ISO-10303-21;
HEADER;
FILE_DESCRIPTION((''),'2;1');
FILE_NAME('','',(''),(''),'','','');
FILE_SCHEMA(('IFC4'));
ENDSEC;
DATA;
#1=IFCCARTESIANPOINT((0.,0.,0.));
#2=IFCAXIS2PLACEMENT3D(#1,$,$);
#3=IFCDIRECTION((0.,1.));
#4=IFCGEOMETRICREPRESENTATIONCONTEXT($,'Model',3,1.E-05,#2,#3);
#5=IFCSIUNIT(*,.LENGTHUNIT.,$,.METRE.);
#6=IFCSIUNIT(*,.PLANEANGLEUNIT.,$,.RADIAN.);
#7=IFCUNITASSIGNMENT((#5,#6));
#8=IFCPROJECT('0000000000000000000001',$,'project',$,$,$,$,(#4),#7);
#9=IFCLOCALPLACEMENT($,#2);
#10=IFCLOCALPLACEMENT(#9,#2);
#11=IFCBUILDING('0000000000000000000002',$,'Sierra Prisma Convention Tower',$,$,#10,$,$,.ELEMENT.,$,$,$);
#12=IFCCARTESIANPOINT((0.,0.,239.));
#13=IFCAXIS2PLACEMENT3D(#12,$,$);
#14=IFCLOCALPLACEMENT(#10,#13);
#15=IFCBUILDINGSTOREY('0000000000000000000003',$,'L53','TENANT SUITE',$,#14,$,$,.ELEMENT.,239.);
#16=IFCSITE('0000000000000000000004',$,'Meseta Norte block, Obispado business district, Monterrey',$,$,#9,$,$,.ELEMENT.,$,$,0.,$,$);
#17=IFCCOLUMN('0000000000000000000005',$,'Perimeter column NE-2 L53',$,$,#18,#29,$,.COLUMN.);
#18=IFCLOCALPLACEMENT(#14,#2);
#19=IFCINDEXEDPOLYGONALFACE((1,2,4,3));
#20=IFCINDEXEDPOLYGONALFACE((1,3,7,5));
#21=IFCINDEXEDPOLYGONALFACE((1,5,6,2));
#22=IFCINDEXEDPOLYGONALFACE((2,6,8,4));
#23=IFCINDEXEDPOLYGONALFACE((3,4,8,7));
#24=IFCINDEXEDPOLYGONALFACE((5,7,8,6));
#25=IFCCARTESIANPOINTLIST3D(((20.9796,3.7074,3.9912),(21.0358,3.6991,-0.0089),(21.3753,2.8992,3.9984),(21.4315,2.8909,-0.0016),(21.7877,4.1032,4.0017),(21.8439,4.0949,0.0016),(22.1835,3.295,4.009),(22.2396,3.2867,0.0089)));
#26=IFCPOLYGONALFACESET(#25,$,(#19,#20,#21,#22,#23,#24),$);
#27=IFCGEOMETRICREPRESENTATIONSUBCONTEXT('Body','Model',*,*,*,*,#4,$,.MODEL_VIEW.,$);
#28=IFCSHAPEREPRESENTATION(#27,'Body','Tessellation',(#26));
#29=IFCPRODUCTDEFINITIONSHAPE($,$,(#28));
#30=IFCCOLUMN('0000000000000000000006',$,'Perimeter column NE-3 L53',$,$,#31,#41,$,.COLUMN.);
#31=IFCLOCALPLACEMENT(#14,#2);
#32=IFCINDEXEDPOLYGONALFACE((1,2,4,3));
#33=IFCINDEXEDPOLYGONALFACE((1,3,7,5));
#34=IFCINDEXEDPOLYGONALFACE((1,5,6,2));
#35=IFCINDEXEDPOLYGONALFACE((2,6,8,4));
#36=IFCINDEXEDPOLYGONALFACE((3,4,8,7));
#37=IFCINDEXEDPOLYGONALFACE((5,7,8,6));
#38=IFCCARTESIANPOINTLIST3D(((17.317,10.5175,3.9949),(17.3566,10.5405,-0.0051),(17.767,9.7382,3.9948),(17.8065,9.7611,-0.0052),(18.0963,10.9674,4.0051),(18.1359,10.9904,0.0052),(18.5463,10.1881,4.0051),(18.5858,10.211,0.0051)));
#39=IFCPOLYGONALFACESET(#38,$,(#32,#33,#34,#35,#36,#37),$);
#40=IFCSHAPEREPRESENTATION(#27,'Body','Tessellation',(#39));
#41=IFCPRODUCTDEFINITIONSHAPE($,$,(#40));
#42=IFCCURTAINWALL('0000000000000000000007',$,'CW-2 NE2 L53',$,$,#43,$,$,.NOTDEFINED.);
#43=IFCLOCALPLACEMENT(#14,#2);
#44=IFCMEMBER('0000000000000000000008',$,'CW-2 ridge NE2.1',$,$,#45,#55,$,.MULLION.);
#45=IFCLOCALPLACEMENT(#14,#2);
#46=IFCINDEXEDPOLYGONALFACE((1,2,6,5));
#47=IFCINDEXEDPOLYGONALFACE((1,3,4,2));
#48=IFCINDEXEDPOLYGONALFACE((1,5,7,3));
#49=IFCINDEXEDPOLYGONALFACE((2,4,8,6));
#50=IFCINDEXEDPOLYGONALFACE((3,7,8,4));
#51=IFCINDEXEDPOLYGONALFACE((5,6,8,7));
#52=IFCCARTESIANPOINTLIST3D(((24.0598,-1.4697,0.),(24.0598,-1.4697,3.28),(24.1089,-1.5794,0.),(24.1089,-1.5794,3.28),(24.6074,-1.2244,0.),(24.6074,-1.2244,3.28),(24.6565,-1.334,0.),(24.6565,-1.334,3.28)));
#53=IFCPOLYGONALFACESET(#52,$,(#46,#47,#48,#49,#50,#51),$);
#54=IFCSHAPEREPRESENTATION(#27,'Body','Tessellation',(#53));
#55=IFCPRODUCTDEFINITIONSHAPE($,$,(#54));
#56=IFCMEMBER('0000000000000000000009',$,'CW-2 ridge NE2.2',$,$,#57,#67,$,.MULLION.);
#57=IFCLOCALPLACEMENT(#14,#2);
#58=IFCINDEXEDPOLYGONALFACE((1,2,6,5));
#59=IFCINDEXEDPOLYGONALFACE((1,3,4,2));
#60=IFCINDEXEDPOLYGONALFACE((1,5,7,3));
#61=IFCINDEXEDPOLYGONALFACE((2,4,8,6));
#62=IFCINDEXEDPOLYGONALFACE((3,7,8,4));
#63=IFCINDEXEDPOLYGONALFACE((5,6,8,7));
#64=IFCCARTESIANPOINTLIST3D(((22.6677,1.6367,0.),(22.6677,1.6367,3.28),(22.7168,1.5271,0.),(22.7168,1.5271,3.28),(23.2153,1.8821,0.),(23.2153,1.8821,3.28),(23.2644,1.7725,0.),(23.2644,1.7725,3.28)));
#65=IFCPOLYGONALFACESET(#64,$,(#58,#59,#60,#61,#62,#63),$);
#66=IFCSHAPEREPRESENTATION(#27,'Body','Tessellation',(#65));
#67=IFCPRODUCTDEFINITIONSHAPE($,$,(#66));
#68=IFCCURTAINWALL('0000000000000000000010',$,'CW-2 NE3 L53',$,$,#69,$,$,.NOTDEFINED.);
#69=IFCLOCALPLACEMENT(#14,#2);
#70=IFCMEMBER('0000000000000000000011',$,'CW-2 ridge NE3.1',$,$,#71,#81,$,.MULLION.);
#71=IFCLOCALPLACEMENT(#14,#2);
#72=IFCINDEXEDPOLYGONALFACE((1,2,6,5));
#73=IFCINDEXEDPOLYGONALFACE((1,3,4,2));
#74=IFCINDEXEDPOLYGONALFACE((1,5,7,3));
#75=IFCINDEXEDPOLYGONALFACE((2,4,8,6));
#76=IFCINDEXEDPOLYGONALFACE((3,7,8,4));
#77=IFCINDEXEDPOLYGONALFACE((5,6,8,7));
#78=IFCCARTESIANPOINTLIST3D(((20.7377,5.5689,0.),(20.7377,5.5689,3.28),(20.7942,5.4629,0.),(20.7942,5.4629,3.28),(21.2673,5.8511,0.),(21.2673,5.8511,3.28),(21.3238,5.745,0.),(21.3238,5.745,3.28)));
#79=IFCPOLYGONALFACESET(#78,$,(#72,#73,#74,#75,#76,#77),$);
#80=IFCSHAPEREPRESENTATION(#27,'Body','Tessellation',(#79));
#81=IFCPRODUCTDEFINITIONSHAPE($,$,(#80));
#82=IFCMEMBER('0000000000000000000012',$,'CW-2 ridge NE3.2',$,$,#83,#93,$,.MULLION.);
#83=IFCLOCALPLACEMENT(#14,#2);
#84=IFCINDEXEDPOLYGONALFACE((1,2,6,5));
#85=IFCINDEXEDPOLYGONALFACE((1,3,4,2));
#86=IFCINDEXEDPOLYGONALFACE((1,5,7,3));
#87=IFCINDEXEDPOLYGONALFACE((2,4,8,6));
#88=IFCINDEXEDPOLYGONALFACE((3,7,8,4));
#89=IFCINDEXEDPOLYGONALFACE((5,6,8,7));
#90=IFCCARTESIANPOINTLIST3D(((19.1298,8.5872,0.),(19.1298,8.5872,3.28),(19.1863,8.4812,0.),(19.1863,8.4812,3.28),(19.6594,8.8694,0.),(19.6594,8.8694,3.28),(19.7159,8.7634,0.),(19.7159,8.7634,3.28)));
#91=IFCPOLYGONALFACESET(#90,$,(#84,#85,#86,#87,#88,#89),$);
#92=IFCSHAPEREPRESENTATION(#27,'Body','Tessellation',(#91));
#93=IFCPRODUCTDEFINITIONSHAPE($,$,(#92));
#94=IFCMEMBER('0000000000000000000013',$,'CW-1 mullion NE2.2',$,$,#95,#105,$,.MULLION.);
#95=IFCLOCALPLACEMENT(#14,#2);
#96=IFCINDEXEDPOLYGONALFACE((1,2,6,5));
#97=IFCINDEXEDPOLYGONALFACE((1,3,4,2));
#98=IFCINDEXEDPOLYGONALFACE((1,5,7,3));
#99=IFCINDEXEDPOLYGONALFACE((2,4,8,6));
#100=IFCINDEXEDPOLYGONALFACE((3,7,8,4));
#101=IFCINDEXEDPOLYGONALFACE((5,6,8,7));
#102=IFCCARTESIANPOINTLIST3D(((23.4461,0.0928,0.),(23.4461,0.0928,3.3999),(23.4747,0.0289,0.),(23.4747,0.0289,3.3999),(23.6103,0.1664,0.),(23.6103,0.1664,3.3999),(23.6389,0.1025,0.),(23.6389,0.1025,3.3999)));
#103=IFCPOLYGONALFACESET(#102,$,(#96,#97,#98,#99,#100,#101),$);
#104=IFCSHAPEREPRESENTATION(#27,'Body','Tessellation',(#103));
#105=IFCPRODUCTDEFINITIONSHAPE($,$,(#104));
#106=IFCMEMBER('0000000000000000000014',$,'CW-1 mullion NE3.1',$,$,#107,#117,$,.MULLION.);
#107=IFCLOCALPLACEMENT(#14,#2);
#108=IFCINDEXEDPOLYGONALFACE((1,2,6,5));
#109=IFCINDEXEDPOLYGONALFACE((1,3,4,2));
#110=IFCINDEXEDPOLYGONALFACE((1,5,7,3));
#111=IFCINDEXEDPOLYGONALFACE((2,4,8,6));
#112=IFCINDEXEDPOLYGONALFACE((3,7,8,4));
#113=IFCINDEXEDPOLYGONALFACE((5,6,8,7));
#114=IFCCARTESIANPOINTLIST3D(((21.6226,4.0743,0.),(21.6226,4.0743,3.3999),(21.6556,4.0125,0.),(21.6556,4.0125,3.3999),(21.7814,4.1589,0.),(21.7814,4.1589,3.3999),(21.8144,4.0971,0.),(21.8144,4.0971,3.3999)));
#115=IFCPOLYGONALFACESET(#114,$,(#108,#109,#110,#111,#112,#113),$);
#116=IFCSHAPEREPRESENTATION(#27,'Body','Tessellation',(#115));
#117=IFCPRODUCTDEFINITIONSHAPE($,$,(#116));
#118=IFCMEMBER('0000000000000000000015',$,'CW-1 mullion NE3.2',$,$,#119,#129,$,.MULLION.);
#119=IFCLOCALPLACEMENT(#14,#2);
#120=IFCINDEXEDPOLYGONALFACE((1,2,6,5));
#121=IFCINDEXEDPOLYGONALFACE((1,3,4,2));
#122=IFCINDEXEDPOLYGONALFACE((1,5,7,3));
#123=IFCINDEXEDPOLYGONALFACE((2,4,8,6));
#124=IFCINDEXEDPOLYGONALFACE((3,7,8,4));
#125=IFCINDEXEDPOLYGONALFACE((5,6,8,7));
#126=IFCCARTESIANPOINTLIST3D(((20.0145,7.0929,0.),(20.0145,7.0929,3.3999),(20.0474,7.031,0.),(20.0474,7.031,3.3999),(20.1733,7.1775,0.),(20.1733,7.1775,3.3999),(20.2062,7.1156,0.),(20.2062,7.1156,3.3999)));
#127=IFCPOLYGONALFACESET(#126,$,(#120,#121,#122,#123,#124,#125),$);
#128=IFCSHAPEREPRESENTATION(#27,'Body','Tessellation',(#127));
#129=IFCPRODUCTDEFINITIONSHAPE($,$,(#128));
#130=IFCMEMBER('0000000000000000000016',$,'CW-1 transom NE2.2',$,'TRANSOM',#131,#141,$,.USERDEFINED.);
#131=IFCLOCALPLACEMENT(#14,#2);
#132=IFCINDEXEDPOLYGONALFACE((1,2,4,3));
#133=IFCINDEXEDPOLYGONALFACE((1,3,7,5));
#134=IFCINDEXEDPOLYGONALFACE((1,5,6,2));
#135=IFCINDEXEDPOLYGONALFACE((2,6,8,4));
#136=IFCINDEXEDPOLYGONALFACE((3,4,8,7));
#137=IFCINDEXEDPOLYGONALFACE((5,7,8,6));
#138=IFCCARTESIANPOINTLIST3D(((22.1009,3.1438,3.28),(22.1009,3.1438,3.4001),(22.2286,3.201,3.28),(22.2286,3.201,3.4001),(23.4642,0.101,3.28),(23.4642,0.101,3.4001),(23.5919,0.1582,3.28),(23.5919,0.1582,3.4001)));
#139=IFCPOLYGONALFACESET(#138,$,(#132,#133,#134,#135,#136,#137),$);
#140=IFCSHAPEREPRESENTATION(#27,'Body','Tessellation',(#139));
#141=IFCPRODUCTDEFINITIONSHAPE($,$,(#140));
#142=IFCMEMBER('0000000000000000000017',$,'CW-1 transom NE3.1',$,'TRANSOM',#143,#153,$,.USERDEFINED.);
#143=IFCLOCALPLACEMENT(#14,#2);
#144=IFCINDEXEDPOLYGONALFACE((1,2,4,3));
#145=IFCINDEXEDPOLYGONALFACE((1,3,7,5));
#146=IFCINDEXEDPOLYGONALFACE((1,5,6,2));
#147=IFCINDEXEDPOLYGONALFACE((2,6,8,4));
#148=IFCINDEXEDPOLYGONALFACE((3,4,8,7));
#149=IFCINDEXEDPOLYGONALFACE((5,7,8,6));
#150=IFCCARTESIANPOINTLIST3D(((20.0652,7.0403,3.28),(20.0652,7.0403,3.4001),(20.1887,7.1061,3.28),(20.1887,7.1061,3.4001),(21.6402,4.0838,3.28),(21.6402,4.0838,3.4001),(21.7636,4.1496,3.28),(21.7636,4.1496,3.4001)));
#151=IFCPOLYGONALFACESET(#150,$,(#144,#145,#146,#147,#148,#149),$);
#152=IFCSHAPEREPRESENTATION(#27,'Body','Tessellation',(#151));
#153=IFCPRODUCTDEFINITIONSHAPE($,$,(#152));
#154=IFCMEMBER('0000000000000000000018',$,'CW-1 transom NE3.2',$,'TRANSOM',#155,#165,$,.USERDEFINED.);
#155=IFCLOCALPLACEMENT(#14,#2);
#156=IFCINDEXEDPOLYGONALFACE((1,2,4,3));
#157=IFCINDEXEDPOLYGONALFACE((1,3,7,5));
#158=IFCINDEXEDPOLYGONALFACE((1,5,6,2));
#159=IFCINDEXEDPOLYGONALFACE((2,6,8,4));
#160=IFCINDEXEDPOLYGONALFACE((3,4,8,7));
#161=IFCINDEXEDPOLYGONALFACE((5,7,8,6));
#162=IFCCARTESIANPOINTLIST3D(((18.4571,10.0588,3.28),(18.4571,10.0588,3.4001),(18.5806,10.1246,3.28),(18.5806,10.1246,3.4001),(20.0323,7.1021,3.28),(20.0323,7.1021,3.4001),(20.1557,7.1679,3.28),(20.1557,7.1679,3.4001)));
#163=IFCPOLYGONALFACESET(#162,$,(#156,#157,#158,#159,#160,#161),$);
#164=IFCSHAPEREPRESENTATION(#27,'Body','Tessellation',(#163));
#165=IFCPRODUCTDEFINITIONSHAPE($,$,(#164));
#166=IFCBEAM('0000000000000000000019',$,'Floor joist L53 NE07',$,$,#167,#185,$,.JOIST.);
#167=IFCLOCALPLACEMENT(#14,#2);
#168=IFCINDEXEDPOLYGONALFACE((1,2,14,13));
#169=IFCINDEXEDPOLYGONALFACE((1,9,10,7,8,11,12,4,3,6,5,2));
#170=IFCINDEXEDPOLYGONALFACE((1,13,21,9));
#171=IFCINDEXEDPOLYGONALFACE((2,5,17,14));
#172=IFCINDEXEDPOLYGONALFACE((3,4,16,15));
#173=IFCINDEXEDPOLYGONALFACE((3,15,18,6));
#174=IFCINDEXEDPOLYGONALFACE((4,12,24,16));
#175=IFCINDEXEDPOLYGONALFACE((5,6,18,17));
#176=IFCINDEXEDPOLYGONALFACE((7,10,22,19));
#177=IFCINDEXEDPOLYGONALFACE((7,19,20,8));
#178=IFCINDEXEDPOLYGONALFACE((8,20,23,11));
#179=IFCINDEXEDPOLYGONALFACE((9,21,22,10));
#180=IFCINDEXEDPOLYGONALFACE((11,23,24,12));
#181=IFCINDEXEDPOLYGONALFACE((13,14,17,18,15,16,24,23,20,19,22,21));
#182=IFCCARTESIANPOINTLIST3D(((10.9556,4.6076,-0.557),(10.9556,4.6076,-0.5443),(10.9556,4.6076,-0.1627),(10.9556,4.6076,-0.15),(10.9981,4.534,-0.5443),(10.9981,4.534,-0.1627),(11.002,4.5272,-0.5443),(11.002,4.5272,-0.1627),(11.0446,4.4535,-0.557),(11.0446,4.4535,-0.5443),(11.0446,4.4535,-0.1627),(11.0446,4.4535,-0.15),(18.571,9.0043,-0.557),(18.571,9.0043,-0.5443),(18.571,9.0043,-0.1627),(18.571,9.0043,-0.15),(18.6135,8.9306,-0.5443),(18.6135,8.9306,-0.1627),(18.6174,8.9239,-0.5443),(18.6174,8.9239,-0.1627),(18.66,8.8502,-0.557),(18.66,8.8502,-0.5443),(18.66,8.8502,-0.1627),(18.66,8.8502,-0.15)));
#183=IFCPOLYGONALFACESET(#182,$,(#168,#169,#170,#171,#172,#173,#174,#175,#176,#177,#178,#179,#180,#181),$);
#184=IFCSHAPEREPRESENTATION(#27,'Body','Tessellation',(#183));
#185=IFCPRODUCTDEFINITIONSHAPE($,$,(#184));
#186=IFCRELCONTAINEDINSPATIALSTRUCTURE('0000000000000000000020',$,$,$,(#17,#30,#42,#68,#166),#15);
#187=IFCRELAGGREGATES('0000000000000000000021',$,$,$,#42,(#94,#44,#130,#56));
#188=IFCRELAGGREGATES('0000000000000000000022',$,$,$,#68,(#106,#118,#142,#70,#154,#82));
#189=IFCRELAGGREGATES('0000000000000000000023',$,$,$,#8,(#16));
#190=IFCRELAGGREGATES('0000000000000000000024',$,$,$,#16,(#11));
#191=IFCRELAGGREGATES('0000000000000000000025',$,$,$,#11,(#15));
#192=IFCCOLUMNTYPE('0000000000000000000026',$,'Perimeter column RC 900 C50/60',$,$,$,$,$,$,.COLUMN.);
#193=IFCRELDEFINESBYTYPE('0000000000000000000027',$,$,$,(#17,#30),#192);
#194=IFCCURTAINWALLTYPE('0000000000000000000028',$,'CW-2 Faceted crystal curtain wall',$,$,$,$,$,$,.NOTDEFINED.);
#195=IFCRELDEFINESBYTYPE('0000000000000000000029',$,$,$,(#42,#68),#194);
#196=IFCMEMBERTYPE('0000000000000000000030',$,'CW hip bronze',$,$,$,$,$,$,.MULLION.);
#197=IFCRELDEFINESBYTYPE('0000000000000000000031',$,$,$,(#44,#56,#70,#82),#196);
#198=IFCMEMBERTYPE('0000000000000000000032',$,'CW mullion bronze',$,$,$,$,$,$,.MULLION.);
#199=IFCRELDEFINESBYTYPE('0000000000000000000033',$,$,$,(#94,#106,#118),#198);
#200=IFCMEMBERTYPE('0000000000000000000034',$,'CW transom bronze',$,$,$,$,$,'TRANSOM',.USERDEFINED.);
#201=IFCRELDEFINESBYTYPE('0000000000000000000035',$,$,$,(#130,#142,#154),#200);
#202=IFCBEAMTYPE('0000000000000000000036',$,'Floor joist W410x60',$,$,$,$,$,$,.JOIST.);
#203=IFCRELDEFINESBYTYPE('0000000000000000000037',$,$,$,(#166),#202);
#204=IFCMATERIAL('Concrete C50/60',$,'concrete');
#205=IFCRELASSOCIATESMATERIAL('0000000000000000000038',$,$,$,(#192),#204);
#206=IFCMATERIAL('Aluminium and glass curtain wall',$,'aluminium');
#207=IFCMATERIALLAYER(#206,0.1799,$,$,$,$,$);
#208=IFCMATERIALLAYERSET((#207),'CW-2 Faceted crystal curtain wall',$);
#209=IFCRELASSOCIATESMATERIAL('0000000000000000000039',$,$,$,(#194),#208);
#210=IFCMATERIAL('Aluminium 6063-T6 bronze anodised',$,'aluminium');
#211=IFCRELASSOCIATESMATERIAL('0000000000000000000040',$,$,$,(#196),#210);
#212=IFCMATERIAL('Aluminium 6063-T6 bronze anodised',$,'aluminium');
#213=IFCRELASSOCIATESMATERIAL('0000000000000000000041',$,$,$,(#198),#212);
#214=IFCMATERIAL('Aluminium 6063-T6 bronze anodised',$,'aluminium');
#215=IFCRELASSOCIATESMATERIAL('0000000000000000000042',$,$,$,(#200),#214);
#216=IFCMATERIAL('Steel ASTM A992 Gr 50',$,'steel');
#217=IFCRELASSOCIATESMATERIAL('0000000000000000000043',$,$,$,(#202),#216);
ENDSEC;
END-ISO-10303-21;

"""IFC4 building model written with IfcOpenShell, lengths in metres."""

from ifc_helpers import new_model, si_unit, direction, frame, origin, origin_2d, place, context, subcontext, project, spatial, rectangle, i_section, extrude, material, layer, layer_set, material_profile, profile_set, type_object, element, aggregate, save


model = new_model("IFC4")

# Units and contexts
model_context = context("Model", 3, precision=1e-05, world=origin(), true_north=direction((0.0, 1.0)))
body_context = subcontext(model_context, "Body", "Model", "MODEL_VIEW")
ifc_project = project(units=[si_unit("LENGTHUNIT", "METRE"), si_unit("PLANEANGLEUNIT", "RADIAN")], contexts=[model_context])

# Site, building, storey
site_placement = place(None, origin())
site = spatial("IfcSite", under=ifc_project, at=site_placement, Name="Meseta Norte block, Obispado business district, Monterrey", CompositionType="ELEMENT", RefElevation=0.0)
building_placement = place(site_placement, origin())
building = spatial("IfcBuilding", under=site, at=building_placement, Name="Sierra Prisma Convention Tower", CompositionType="ELEMENT")
storey_placement = place(building_placement, frame((0.0, 0.0, 239.0)))
storey = spatial("IfcBuildingStorey", under=building, at=storey_placement, Name="L53", Description="TENANT SUITE", CompositionType="ELEMENT", Elevation=239.0)

# Columns
ifc_material_1 = material(Name="Concrete C50/60", Category="concrete")
ifc_material_profile_1 = material_profile(ifc_material_1, rectangle(XDim=0.8999, YDim=0.8999, at=origin_2d()), Name="Perimeter column RC 900 C50/60")
ifc_profile_set_1 = profile_set([ifc_material_profile_1], Name="Concrete C50/60")
column_type = type_object("IfcColumnType", Name="Perimeter column RC 900 C50/60", PredefinedType="COLUMN", material=ifc_profile_set_1)
column_1_placement = place(storey_placement, frame((21.6377, 3.4929, 0.0), z_axis=(-0.014037, 0.002075, 0.999899), x_axis=(-0.439742, 0.898088, -0.008037)))
element("IfcColumn", 1, at=column_1_placement, inside=storey, type_object=column_type, Name="Perimeter column NE-2 L53", PredefinedType="COLUMN", context=body_context, shape_type="SweptSolid", body=[
    extrude(rectangle(XDim=0.8999, YDim=0.8999, at=origin_2d()), origin(), (0.0, 0.0, 1.0), 4.0005),
])
column_2_placement = place(storey_placement, frame((17.9712, 10.3757, 0.0), z_axis=(-0.009887, -0.005737, 0.999935), x_axis=(-0.499976, 0.86604, 0.000025)))
element("IfcColumn", 2, at=column_2_placement, inside=storey, type_object=column_type, Name="Perimeter column NE-3 L53", PredefinedType="COLUMN", context=body_context, shape_type="SweptSolid", body=[
    extrude(rectangle(XDim=0.8999, YDim=0.8999, at=origin_2d()), origin(), (0.0, 0.0, 1.0), 4.0002),
])

# Curtain walls, members
ifc_material_2 = material(Name="Aluminium and glass curtain wall", Category="aluminium")
ifc_layer_1 = layer(ifc_material_2, 0.1799)
ifc_layer_set_1 = layer_set([ifc_layer_1], Name="CW-2 Faceted crystal curtain wall")
curtain_wall_type = type_object("IfcCurtainWallType", Name="CW-2 Faceted crystal curtain wall", PredefinedType="NOTDEFINED", material=ifc_layer_set_1)
curtain_wall_1_placement = place(storey_placement, origin())
curtain_wall_1 = element("IfcCurtainWall", 3, at=curtain_wall_1_placement, inside=storey, type_object=curtain_wall_type, Name="CW-2 NE2 L53", PredefinedType="NOTDEFINED")
ifc_material_3 = material(Name="Aluminium 6063-T6 bronze anodised", Category="aluminium")
ifc_material_profile_2 = material_profile(ifc_material_3, rectangle(XDim=0.1201, YDim=0.6001, at=origin_2d()), Name="ALU RIDGE BLADE 120x600")
ifc_profile_set_2 = profile_set([ifc_material_profile_2], Name="Aluminium 6063-T6 bronze anodised")
member_type_1 = type_object("IfcMemberType", Name="CW hip bronze", PredefinedType="MULLION", material=ifc_profile_set_2)
member_1_placement = place(storey_placement, frame((24.3582, -1.4019, 0.0), z_axis=(0.0, 0.0, 1.0), x_axis=(-0.408892, 0.912583, 0.0)))
member_1 = element("IfcMember", 4, at=member_1_placement, type_object=member_type_1, Name="CW-2 ridge NE2.1", PredefinedType="MULLION", context=body_context, shape_type="SweptSolid", body=[
    extrude(rectangle(XDim=0.1201, YDim=0.6001, at=origin_2d()), origin(), (0.0, 0.0, 1.0), 3.28),
])
member_2_placement = place(storey_placement, frame((22.9661, 1.7046, 0.0), z_axis=(0.0, 0.0, 1.0), x_axis=(-0.408892, 0.912583, 0.0)))
member_2 = element("IfcMember", 5, at=member_2_placement, type_object=member_type_1, Name="CW-2 ridge NE2.2", PredefinedType="MULLION", context=body_context, shape_type="SweptSolid", body=[
    extrude(rectangle(XDim=0.1201, YDim=0.6001, at=origin_2d()), origin(), (0.0, 0.0, 1.0), 3.28),
])
curtain_wall_2_placement = place(storey_placement, origin())
curtain_wall_2 = element("IfcCurtainWall", 6, at=curtain_wall_2_placement, inside=storey, type_object=curtain_wall_type, Name="CW-2 NE3 L53", PredefinedType="NOTDEFINED")
member_3_placement = place(storey_placement, frame((21.0308, 5.657, 0.0), z_axis=(0.0, 0.0, 1.0), x_axis=(-0.470166, 0.882578, 0.0)))
member_3 = element("IfcMember", 7, at=member_3_placement, type_object=member_type_1, Name="CW-2 ridge NE3.1", PredefinedType="MULLION", context=body_context, shape_type="SweptSolid", body=[
    extrude(rectangle(XDim=0.1201, YDim=0.6001, at=origin_2d()), origin(), (0.0, 0.0, 1.0), 3.28),
])
member_4_placement = place(storey_placement, frame((19.4229, 8.6753, 0.0), z_axis=(0.0, 0.0, 1.0), x_axis=(-0.470166, 0.882578, 0.0)))
member_4 = element("IfcMember", 8, at=member_4_placement, type_object=member_type_1, Name="CW-2 ridge NE3.2", PredefinedType="MULLION", context=body_context, shape_type="SweptSolid", body=[
    extrude(rectangle(XDim=0.1201, YDim=0.6001, at=origin_2d()), origin(), (0.0, 0.0, 1.0), 3.28),
])

# Members
ifc_material_4 = material(Name="Aluminium 6063-T6 bronze anodised", Category="aluminium")
ifc_material_profile_3 = material_profile(ifc_material_4, rectangle(XDim=0.1799, YDim=0.0701, at=origin_2d()), Name="ALU MULLION 70x180")
ifc_profile_set_3 = profile_set([ifc_material_profile_3], Name="Aluminium 6063-T6 bronze anodised")
member_type_2 = type_object("IfcMemberType", Name="CW mullion bronze", PredefinedType="MULLION", material=ifc_profile_set_3)
member_5_placement = place(storey_placement, frame((23.5425, 0.0977, 0.0), z_axis=(0.0, 0.0, 1.0), x_axis=(-0.912583, -0.408892, 0.0)))
member_5 = element("IfcMember", 9, at=member_5_placement, type_object=member_type_2, Name="CW-1 mullion NE2.2", PredefinedType="MULLION", context=body_context, shape_type="SweptSolid", body=[
    extrude(rectangle(XDim=0.1799, YDim=0.0701, at=origin_2d()), origin(), (0.0, 0.0, 1.0), 3.3999),
])
member_6_placement = place(storey_placement, frame((21.7185, 4.0857, 0.0), z_axis=(0.0, 0.0, 1.0), x_axis=(-0.882578, -0.470166, 0.0)))
member_6 = element("IfcMember", 10, at=member_6_placement, type_object=member_type_2, Name="CW-1 mullion NE3.1", PredefinedType="MULLION", context=body_context, shape_type="SweptSolid", body=[
    extrude(rectangle(XDim=0.1799, YDim=0.0701, at=origin_2d()), origin(), (0.0, 0.0, 1.0), 3.3999),
])
member_7_placement = place(storey_placement, frame((20.1104, 7.1042, 0.0), z_axis=(0.0, 0.0, 1.0), x_axis=(-0.882578, -0.470166, 0.0)))
member_7 = element("IfcMember", 11, at=member_7_placement, type_object=member_type_2, Name="CW-1 mullion NE3.2", PredefinedType="MULLION", context=body_context, shape_type="SweptSolid", body=[
    extrude(rectangle(XDim=0.1799, YDim=0.0701, at=origin_2d()), origin(), (0.0, 0.0, 1.0), 3.3999),
])
ifc_material_5 = material(Name="Aluminium 6063-T6 bronze anodised", Category="aluminium")
ifc_material_profile_4 = material_profile(ifc_material_5, rectangle(XDim=0.1399, YDim=0.1201, at=origin_2d()), Name="ALU TRANSOM 120x140")
ifc_profile_set_4 = profile_set([ifc_material_profile_4], Name="Aluminium 6063-T6 bronze anodised")
member_type_3 = type_object("IfcMemberType", Name="CW transom bronze", ElementType="TRANSOM", PredefinedType="USERDEFINED", material=ifc_profile_set_4)
member_8_placement = place(storey_placement, frame((23.5281, 0.1296, 3.3401), z_axis=(-0.408881, 0.912588, 0.0), x_axis=(-0.912588, -0.408881, 0.0)))
member_8 = element("IfcMember", 12, at=member_8_placement, type_object=member_type_3, Name="CW-1 transom NE2.2", ObjectType="TRANSOM", PredefinedType="USERDEFINED", context=body_context, shape_type="SweptSolid", body=[
    extrude(rectangle(XDim=0.1399, YDim=0.1201, at=origin_2d()), origin(), (0.0, 0.0, 1.0), 3.3342),
])
member_9_placement = place(storey_placement, frame((21.7019, 4.1167, 3.3401), z_axis=(-0.470153, 0.882585, 0.0), x_axis=(-0.882585, -0.470153, 0.0)))
member_9 = element("IfcMember", 13, at=member_9_placement, type_object=member_type_3, Name="CW-1 transom NE3.1", ObjectType="TRANSOM", PredefinedType="USERDEFINED", context=body_context, shape_type="SweptSolid", body=[
    extrude(rectangle(XDim=0.1399, YDim=0.1201, at=origin_2d()), origin(), (0.0, 0.0, 1.0), 3.3499),
])
member_10_placement = place(storey_placement, frame((20.094, 7.135, 3.3401), z_axis=(-0.47018, 0.882571, 0.0), x_axis=(-0.882571, -0.47018, 0.0)))
member_10 = element("IfcMember", 14, at=member_10_placement, type_object=member_type_3, Name="CW-1 transom NE3.2", ObjectType="TRANSOM", PredefinedType="USERDEFINED", context=body_context, shape_type="SweptSolid", body=[
    extrude(rectangle(XDim=0.1399, YDim=0.1201, at=origin_2d()), origin(), (0.0, 0.0, 1.0), 3.3501),
])

# Beam
ifc_material_6 = material(Name="Steel ASTM A992 Gr 50", Category="steel")
ifc_material_profile_5 = material_profile(ifc_material_6, i_section(OverallWidth=0.178, OverallDepth=0.407, WebThickness=0.0078, FlangeThickness=0.0127, at=origin_2d()), Name="W410x60")
ifc_profile_set_5 = profile_set([ifc_material_profile_5], Name="Steel ASTM A992 Gr 50")
beam_type_1 = type_object("IfcBeamType", Name="Floor joist W410x60", PredefinedType="JOIST", material=ifc_profile_set_5)
beam_1_placement = place(storey_placement, frame((18.6155, 8.9272, -0.3535), z_axis=(-0.866029, -0.499994, 0.0), x_axis=(0.499994, -0.866029, 0.0)))
element("IfcBeam", 15, at=beam_1_placement, inside=storey, type_object=beam_type_1, Name="Floor joist L53 NE07", PredefinedType="JOIST", context=body_context, shape_type="SweptSolid", body=[
    extrude(i_section(OverallWidth=0.178, OverallDepth=0.407, WebThickness=0.0078, FlangeThickness=0.0127, at=origin_2d()), origin(), (0.0, 0.0, 1.0), 8.7935),
])

aggregate(curtain_wall_1, [member_5, member_1, member_8, member_2])
aggregate(curtain_wall_2, [member_6, member_7, member_9, member_3, member_10, member_4])

save(model, "model.ifc")
